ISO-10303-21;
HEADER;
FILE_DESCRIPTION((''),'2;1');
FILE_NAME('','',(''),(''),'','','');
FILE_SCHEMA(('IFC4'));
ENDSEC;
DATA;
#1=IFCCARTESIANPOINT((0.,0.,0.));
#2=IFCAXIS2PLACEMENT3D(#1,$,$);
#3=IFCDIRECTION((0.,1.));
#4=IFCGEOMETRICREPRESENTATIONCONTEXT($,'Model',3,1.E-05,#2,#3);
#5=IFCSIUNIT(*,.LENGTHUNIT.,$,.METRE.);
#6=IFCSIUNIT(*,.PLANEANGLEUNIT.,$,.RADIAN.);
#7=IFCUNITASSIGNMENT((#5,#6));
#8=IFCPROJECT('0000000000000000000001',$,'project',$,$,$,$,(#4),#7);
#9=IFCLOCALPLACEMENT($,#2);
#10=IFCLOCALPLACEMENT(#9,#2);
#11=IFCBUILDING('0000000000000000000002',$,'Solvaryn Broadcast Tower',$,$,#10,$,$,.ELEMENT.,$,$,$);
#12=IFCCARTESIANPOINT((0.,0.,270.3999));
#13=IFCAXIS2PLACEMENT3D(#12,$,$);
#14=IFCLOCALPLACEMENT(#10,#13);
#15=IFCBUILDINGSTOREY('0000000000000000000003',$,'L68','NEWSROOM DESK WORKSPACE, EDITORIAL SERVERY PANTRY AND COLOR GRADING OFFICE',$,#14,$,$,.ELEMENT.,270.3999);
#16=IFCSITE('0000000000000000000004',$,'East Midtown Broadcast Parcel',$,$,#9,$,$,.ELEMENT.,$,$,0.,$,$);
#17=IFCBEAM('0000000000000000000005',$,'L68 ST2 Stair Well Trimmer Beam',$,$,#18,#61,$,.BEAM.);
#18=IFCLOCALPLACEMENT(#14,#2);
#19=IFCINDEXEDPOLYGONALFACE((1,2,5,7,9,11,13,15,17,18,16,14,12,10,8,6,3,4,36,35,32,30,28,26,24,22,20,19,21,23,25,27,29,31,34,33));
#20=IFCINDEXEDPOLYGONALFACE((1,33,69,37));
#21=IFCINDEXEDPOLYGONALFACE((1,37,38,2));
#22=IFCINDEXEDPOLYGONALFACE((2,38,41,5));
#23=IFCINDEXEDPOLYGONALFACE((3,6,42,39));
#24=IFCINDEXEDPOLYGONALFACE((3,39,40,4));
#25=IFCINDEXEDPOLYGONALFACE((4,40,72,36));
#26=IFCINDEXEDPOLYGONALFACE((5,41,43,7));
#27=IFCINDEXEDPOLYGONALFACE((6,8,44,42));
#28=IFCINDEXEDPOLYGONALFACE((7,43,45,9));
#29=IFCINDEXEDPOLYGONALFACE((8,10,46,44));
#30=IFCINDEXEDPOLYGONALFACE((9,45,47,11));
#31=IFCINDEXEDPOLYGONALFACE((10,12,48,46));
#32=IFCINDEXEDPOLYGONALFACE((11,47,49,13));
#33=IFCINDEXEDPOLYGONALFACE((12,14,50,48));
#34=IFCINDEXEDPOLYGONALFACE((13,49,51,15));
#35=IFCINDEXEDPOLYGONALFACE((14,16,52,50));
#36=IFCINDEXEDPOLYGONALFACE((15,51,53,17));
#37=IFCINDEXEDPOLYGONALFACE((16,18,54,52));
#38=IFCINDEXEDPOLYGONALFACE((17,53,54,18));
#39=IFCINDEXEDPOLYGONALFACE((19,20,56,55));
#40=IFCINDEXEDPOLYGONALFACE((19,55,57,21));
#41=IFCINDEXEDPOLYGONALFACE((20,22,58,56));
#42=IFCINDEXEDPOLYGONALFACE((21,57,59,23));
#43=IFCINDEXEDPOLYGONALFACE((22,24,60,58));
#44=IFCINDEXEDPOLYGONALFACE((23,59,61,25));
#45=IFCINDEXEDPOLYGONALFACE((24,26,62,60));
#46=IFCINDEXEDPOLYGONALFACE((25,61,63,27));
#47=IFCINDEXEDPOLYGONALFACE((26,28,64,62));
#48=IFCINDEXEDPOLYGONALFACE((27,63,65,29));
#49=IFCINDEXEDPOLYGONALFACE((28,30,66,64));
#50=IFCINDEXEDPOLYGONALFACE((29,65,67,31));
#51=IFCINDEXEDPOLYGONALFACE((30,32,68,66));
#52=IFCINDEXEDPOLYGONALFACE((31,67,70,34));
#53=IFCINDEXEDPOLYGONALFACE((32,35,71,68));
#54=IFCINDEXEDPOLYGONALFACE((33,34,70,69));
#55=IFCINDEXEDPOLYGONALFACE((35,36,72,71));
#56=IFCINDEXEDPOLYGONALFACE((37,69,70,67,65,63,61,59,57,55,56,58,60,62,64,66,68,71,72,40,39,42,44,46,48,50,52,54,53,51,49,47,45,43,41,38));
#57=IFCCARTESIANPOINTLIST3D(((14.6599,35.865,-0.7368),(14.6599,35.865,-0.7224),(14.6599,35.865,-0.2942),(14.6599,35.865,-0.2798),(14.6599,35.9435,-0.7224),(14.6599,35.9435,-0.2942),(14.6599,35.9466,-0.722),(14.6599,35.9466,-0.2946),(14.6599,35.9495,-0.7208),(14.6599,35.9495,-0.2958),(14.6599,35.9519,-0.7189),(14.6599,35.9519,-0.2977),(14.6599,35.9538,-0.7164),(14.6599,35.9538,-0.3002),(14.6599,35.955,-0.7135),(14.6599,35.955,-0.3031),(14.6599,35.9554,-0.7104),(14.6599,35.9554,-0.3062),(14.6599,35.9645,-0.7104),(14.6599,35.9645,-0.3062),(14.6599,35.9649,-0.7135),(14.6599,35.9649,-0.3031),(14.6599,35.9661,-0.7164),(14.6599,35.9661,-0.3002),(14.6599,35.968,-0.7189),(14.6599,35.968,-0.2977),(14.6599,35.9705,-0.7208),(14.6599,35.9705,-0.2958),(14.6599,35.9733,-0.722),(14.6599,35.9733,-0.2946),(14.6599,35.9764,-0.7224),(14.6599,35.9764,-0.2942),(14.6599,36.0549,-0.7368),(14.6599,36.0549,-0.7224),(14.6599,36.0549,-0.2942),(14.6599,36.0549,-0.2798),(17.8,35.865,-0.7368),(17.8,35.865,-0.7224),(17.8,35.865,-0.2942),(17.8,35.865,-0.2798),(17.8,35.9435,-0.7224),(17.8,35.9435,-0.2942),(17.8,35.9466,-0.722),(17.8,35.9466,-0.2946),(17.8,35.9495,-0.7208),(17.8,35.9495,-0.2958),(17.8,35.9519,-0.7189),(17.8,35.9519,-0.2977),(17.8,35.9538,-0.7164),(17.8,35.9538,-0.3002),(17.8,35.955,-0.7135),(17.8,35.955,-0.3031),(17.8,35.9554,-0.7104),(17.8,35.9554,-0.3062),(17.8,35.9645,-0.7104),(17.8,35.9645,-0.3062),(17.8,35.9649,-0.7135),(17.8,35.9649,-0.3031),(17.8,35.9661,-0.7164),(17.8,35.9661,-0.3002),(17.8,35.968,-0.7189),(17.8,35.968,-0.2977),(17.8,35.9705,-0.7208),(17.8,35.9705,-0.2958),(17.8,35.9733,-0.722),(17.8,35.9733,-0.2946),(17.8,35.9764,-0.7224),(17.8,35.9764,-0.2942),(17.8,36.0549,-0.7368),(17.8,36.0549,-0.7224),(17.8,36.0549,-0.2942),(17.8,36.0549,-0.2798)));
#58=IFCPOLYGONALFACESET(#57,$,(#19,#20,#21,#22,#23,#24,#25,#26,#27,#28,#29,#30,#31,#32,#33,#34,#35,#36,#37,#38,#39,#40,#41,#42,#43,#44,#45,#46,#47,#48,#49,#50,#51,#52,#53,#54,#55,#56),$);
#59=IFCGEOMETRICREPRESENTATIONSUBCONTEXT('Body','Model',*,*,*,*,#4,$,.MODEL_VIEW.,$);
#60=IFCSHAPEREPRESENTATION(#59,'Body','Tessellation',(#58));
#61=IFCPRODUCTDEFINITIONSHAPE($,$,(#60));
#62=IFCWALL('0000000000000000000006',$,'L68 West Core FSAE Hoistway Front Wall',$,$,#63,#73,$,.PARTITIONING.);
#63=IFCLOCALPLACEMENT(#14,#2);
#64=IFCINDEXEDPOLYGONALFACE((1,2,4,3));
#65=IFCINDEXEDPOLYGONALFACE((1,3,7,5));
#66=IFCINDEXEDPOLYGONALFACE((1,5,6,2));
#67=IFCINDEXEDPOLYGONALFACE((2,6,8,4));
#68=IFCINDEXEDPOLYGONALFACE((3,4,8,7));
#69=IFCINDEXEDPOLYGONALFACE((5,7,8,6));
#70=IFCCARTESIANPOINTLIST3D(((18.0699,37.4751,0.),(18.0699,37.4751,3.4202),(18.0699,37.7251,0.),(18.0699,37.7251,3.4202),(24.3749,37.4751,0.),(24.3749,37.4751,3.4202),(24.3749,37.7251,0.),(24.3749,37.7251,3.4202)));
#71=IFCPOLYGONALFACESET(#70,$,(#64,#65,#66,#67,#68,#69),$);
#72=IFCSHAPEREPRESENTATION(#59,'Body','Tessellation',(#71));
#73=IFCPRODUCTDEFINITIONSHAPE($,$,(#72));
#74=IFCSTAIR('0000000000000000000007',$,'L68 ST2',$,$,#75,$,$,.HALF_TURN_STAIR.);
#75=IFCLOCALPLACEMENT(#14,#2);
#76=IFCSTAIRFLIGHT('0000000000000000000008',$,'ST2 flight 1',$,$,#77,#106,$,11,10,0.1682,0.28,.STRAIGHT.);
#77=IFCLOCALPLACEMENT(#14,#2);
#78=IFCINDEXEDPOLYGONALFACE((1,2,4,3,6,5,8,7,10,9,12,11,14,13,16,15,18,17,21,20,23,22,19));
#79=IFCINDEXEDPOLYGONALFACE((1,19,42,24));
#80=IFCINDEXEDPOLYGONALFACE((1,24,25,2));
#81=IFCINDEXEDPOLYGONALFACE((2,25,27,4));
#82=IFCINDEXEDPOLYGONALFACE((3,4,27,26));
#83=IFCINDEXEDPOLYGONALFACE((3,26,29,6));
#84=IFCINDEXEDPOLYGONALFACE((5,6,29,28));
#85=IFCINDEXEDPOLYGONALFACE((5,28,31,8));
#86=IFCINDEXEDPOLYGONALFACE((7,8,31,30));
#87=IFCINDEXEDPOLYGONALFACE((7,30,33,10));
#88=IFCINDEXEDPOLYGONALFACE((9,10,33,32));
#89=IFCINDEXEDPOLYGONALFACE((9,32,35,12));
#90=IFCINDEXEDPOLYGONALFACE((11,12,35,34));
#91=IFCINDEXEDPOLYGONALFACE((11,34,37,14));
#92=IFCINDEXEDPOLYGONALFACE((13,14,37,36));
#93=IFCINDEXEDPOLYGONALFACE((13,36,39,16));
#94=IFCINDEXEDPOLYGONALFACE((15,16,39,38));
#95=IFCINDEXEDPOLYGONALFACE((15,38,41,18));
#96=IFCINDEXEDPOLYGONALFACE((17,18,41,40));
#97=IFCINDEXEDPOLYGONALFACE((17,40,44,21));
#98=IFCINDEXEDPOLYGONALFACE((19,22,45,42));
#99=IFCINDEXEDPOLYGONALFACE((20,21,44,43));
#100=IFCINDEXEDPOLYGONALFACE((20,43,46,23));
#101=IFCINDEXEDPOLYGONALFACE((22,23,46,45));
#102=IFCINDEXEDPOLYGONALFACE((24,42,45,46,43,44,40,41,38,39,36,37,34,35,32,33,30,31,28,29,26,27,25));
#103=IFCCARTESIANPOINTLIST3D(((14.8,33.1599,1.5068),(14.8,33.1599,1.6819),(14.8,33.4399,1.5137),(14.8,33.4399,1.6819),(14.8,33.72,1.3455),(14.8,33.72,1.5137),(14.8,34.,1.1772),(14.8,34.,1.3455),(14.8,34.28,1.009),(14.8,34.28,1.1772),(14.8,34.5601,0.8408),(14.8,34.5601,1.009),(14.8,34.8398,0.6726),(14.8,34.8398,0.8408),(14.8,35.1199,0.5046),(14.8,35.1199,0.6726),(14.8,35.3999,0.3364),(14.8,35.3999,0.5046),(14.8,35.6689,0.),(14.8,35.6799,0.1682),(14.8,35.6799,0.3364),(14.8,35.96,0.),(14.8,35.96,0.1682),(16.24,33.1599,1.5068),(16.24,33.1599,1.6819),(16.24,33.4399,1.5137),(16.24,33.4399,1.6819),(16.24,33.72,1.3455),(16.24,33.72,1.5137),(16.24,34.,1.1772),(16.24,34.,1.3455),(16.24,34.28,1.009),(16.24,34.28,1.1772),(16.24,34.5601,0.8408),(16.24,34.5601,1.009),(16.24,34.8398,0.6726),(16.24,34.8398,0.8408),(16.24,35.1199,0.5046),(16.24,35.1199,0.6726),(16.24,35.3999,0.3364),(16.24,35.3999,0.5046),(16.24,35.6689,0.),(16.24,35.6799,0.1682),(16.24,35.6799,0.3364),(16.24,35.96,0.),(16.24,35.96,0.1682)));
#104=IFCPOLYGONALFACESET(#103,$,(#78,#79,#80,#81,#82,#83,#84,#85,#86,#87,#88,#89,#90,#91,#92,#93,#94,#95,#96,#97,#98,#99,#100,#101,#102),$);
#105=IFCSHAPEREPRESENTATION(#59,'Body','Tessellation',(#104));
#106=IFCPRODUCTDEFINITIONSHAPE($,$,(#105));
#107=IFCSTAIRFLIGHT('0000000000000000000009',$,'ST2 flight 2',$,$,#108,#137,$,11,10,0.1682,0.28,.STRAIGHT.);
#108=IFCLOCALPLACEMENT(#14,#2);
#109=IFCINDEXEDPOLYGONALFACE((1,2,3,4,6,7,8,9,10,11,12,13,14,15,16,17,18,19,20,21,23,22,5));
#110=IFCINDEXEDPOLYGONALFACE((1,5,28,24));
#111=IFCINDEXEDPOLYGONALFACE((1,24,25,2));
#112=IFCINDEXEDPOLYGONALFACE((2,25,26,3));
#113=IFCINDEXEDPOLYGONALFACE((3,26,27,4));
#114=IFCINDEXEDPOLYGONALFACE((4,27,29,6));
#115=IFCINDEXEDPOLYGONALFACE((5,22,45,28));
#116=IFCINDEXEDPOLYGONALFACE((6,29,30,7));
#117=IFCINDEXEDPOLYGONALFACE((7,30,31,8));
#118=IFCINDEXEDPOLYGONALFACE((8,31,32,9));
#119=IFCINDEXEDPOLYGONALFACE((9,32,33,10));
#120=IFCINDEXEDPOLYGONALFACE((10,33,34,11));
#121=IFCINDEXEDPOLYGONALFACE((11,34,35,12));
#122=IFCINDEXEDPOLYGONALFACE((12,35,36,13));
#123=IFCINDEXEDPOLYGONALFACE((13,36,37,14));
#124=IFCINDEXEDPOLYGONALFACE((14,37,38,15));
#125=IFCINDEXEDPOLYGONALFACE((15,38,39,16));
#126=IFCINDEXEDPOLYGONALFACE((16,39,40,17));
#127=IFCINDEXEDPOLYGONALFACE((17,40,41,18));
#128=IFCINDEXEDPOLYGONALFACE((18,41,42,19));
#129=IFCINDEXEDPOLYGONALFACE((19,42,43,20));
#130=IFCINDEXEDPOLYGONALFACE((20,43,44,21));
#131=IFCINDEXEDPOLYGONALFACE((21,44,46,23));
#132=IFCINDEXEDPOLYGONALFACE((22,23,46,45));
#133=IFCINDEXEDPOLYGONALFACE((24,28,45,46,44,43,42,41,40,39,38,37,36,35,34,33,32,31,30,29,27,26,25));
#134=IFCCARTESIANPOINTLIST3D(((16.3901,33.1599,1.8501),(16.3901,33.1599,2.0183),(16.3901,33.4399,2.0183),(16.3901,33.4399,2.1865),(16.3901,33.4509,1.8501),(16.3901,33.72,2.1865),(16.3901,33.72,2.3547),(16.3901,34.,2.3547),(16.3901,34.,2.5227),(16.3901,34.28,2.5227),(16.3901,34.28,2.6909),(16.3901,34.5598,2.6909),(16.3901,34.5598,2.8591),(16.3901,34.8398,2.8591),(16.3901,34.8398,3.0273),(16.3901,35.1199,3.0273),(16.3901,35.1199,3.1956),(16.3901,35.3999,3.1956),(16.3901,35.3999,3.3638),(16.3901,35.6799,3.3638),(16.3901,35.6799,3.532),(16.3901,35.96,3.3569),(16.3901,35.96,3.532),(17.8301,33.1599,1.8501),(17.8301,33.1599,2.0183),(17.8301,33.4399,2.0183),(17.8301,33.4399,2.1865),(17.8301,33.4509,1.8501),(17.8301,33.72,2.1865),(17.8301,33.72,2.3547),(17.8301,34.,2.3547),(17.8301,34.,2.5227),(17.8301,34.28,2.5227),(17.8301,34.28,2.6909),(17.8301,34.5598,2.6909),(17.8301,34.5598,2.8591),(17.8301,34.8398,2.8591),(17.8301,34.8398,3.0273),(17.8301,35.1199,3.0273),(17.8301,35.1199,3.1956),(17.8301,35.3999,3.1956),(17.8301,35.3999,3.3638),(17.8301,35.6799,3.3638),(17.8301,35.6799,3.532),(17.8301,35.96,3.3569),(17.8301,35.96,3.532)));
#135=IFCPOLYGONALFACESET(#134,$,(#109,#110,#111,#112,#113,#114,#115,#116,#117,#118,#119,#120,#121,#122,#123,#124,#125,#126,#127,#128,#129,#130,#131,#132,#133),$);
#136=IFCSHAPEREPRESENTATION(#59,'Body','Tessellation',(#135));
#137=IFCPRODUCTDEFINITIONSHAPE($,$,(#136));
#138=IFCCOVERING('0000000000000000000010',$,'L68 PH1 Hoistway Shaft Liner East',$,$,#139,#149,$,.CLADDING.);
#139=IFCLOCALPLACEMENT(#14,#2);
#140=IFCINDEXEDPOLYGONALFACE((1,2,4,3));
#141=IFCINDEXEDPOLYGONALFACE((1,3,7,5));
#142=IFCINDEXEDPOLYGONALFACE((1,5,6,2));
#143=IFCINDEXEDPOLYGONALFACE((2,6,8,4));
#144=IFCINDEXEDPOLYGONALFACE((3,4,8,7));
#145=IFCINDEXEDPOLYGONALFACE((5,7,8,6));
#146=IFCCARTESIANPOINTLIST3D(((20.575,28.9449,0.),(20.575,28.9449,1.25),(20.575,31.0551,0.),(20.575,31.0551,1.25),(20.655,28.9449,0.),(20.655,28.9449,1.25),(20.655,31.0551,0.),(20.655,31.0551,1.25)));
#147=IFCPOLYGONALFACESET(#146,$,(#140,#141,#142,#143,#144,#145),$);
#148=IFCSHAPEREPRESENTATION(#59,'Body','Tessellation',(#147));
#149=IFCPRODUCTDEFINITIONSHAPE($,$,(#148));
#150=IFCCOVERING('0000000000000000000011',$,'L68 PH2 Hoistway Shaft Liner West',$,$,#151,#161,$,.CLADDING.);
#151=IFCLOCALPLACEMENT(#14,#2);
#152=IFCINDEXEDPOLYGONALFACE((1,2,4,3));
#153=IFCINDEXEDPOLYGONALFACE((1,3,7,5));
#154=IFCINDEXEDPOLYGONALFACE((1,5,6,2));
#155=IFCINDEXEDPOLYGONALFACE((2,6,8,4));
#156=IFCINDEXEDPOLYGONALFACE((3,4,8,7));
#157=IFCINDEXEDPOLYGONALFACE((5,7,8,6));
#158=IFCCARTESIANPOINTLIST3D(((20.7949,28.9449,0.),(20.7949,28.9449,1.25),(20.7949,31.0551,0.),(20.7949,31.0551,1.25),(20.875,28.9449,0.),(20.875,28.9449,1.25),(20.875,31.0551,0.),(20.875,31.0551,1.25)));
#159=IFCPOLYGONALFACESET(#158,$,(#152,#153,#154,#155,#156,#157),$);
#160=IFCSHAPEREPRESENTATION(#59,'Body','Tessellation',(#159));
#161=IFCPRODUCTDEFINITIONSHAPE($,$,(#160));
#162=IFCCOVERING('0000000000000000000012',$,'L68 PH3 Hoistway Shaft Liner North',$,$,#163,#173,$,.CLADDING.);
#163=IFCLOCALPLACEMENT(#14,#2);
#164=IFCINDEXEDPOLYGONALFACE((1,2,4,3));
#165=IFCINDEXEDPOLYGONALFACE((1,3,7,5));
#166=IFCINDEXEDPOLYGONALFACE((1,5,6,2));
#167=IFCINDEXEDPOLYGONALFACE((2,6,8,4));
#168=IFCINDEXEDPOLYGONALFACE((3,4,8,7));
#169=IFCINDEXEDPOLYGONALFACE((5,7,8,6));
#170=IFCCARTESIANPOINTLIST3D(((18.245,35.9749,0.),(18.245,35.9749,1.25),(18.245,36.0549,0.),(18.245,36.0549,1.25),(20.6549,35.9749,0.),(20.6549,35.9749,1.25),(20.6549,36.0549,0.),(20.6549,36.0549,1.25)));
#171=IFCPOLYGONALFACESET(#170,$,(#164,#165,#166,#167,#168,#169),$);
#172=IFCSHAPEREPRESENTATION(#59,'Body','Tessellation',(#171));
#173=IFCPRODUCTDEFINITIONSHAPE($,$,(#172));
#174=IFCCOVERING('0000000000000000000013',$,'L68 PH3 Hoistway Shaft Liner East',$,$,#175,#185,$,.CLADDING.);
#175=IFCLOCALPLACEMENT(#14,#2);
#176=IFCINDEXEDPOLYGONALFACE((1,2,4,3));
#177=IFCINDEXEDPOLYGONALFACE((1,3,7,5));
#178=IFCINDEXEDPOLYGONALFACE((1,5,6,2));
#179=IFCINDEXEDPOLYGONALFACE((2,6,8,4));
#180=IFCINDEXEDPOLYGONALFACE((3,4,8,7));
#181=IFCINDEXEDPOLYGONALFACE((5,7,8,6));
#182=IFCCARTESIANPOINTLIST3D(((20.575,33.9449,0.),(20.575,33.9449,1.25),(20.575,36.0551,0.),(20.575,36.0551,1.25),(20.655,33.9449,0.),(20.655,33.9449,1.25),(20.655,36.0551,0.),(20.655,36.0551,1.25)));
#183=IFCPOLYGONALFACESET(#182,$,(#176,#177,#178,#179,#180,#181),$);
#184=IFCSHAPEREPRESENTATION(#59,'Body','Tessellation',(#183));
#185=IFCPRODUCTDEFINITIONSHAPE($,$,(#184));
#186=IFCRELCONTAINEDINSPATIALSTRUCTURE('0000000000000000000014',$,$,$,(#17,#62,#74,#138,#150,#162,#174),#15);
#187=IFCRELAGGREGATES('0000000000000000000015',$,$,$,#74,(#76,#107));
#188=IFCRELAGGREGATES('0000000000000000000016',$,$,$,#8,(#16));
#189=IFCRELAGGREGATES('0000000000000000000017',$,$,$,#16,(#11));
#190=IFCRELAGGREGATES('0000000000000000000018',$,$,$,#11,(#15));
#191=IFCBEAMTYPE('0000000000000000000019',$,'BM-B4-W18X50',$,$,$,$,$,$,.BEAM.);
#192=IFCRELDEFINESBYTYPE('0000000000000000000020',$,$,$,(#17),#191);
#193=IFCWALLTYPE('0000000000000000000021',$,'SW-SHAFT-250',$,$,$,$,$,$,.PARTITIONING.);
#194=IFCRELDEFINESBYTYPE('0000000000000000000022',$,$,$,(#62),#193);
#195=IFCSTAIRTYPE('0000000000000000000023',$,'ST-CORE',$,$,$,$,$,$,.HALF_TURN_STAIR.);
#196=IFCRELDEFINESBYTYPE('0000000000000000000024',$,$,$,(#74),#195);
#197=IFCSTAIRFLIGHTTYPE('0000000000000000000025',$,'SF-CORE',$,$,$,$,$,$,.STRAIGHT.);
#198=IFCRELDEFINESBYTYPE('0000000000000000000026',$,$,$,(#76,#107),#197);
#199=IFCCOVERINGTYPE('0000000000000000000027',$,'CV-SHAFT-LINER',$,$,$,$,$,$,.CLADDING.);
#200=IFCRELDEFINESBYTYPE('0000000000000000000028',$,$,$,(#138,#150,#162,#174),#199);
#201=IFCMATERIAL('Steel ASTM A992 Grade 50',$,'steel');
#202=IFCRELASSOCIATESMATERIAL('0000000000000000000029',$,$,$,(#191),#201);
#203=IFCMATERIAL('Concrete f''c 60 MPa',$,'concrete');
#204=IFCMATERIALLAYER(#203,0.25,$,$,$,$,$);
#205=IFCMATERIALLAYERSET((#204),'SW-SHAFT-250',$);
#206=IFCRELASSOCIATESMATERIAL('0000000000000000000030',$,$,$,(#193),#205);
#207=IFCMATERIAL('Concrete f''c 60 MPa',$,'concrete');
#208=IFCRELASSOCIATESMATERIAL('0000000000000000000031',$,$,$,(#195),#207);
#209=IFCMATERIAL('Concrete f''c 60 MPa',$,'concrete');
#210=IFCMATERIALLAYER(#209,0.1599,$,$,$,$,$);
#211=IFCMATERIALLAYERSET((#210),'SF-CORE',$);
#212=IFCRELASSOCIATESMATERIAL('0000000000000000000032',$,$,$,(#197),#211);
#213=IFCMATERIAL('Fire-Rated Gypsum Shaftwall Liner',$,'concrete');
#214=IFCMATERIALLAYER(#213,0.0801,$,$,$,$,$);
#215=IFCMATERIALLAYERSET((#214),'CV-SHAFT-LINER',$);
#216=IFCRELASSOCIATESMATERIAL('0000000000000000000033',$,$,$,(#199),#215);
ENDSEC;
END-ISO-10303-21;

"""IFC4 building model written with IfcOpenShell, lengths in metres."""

from ifc_helpers import new_model, si_unit, direction, frame, frame_2d, origin, origin_2d, place, context, subcontext, project, spatial, polyline, rectangle, i_section, outline, extrude, material, layer, layer_set, material_profile, profile_set, type_object, element, aggregate, save


model = new_model("IFC4")

# Units and contexts
model_context = context("Model", 3, precision=1e-05, world=origin(), true_north=direction((0.0, 1.0)))
body_context = subcontext(model_context, "Body", "Model", "MODEL_VIEW")
ifc_project = project(units=[si_unit("LENGTHUNIT", "METRE"), si_unit("PLANEANGLEUNIT", "RADIAN")], contexts=[model_context])

# Site, building, storey
site_placement = place(None, origin())
site = spatial("IfcSite", under=ifc_project, at=site_placement, Name="East Midtown Broadcast Parcel", CompositionType="ELEMENT", RefElevation=0.0)
building_placement = place(site_placement, origin())
building = spatial("IfcBuilding", under=site, at=building_placement, Name="Solvaryn Broadcast Tower", CompositionType="ELEMENT")
storey_placement = place(building_placement, frame((0.0, 0.0, 270.3999)))
storey = spatial("IfcBuildingStorey", under=building, at=storey_placement, Name="L68", Description="NEWSROOM DESK WORKSPACE, EDITORIAL SERVERY PANTRY AND COLOR GRADING OFFICE", CompositionType="ELEMENT", Elevation=270.3999)

# Beam
ifc_material_1 = material(Name="Steel ASTM A992 Grade 50", Category="steel")
ifc_material_profile = material_profile(ifc_material_1, i_section(OverallWidth=0.1899, OverallDepth=0.457, WebThickness=0.009, FlangeThickness=0.0144, FilletRadius=0.012, at=origin_2d()))
ifc_profile_set = profile_set([ifc_material_profile], Name="Steel ASTM A992 Grade 50")
beam_type = type_object("IfcBeamType", Name="BM-B4-W18X50", PredefinedType="BEAM", material=ifc_profile_set)
beam_placement = place(storey_placement, frame((14.6599, 35.96, -0.5083), z_axis=(1.0, 0.0, 0.0), x_axis=(0.0, 1.0, 0.0)))
element("IfcBeam", 1, at=beam_placement, inside=storey, type_object=beam_type, Name="L68 ST2 Stair Well Trimmer Beam", PredefinedType="BEAM", context=body_context, shape_type="SweptSolid", body=[
    extrude(i_section(OverallWidth=0.1899, OverallDepth=0.457, WebThickness=0.009, FlangeThickness=0.0144, FilletRadius=0.012, at=origin_2d()), origin(), (0.0, 0.0, 1.0), 3.1401),
])

# Wall
ifc_material_2 = material(Name="Concrete f'c 60 MPa", Category="concrete")
ifc_layer_1 = layer(ifc_material_2, 0.25)
ifc_layer_set_1 = layer_set([ifc_layer_1], Name="SW-SHAFT-250")
wall_type_1 = type_object("IfcWallType", Name="SW-SHAFT-250", PredefinedType="PARTITIONING", material=ifc_layer_set_1)
wall_1_placement = place(storey_placement, frame((18.0701, 37.6001, 0.0), z_axis=(0.0, 0.0, 1.0), x_axis=(1.0, 0.0, 0.0)))
element("IfcWall", 2, at=wall_1_placement, inside=storey, type_object=wall_type_1, Name="L68 West Core FSAE Hoistway Front Wall", PredefinedType="PARTITIONING", context=body_context, shape_type="SweptSolid", body=[
    extrude(rectangle(XDim=6.3049, YDim=0.25, at=frame_2d((3.1523, 0.0))), origin(), (0.0, 0.0, 1.0), 3.4202),
])

# Stair, stair flights
ifc_material_3 = material(Name="Concrete f'c 60 MPa", Category="concrete")
stair_type = type_object("IfcStairType", Name="ST-CORE", PredefinedType="HALF_TURN_STAIR", material=ifc_material_3)
stair_placement = place(storey_placement, origin())
stair = element("IfcStair", 3, at=stair_placement, inside=storey, type_object=stair_type, Name="L68 ST2", PredefinedType="HALF_TURN_STAIR")
ifc_material_4 = material(Name="Concrete f'c 60 MPa", Category="concrete")
ifc_layer_2 = layer(ifc_material_4, 0.1599)
ifc_layer_set_2 = layer_set([ifc_layer_2], Name="SF-CORE")
stair_flight_type = type_object("IfcStairFlightType", Name="SF-CORE", PredefinedType="STRAIGHT", material=ifc_layer_set_2)
stair_flight_1_placement = place(storey_placement, frame((15.52, 35.96, 0.0), z_axis=(0.0, 0.0, 1.0), x_axis=(0.0, -1.0, 0.0)))
stair_flight_1 = element("IfcStairFlight", 4, at=stair_flight_1_placement, type_object=stair_flight_type, Name="ST2 flight 1", NumberOfRisers=11, NumberOfTreads=10, PredefinedType="STRAIGHT", RiserHeight=0.1682, TreadLength=0.28, context=body_context, shape_type="SweptSolid", body=[
    extrude(outline(polyline([(0.0, 0.0), (0.0, 0.1682), (0.28, 0.1682), (0.28, 0.3364), (0.5601, 0.3364), (0.5601, 0.5046), (0.8401, 0.5046), (0.8401, 0.6726), (1.1201, 0.6726), (1.1201, 0.8408), (1.3999, 0.8408), (1.3999, 1.009), (1.6799, 1.009), (1.6799, 1.1772), (1.96, 1.1772), (1.96, 1.3455), (2.24, 1.3455), (2.24, 1.5137), (2.52, 1.5137), (2.52, 1.6819), (2.8, 1.6819), (2.8, 1.8501), (2.8, 1.5068), (0.291, 0.0), (0.0, 0.0)])), frame((0.0, 0.72, 0.0), z_axis=(0.0, -1.0, 0.0), x_axis=(1.0, 0.0, 0.0)), (0.0, 0.0, 1.0), 1.4399),
])
stair_flight_2_placement = place(storey_placement, frame((17.1101, 33.1599, 1.8501), z_axis=(0.0, 0.0, 1.0), x_axis=(0.0, 1.0, 0.0)))
stair_flight_2 = element("IfcStairFlight", 5, at=stair_flight_2_placement, type_object=stair_flight_type, Name="ST2 flight 2", NumberOfRisers=11, NumberOfTreads=10, PredefinedType="STRAIGHT", RiserHeight=0.1682, TreadLength=0.28, context=body_context, shape_type="SweptSolid", body=[
    extrude(outline(polyline([(0.0, 0.0), (0.0, 0.1682), (0.28, 0.1682), (0.28, 0.3364), (0.5601, 0.3364), (0.5601, 0.5046), (0.8401, 0.5046), (0.8401, 0.6726), (1.1201, 0.6726), (1.1201, 0.8408), (1.3999, 0.8408), (1.3999, 1.009), (1.6799, 1.009), (1.6799, 1.1772), (1.96, 1.1772), (1.96, 1.3455), (2.24, 1.3455), (2.24, 1.5137), (2.52, 1.5137), (2.52, 1.6819), (2.8, 1.6819), (2.8, 1.8501), (2.8, 1.5068), (0.291, 0.0), (0.0, 0.0)])), frame((0.0, 0.72, 0.0), z_axis=(0.0, -1.0, 0.0), x_axis=(1.0, 0.0, 0.0)), (0.0, 0.0, 1.0), 1.4399),
])
aggregate(stair, [stair_flight_1, stair_flight_2])

# Coverings
ifc_material_5 = material(Name="Fire-Rated Gypsum Shaftwall Liner", Category="concrete")
ifc_layer_3 = layer(ifc_material_5, 0.0801)
ifc_layer_set_3 = layer_set([ifc_layer_3], Name="CV-SHAFT-LINER")
covering_type = type_object("IfcCoveringType", Name="CV-SHAFT-LINER", PredefinedType="CLADDING", material=ifc_layer_set_3)
for number, where, z_axis, x_axis, name in (
    (6, (20.615, 30.0, 0.0), (0.0, 0.0, 1.0), (1.0, 0.0, 0.0), "L68 PH1 Hoistway Shaft Liner East"),
    (7, (20.835, 30.0, 0.0), (0.0, 0.0, 1.0), (1.0, 0.0, 0.0), "L68 PH2 Hoistway Shaft Liner West"),
):
    element("IfcCovering", number, at=place(storey_placement, frame(where, z_axis=z_axis, x_axis=x_axis)), inside=storey, type_object=covering_type, Name=name, PredefinedType="CLADDING", context=body_context, shape_type="SweptSolid", body=[
        extrude(rectangle(XDim=0.0801, YDim=2.1101, at=origin_2d()), origin(), (0.0, 0.0, 1.0), 1.25),
    ])
covering_placement = place(storey_placement, frame((19.45, 36.0149, 0.0), z_axis=(0.0, 0.0, 1.0), x_axis=(1.0, 0.0, 0.0)))
element("IfcCovering", 8, at=covering_placement, inside=storey, type_object=covering_type, Name="L68 PH3 Hoistway Shaft Liner North", PredefinedType="CLADDING", context=body_context, shape_type="SweptSolid", body=[
    extrude(rectangle(XDim=2.4099, YDim=0.0801, at=origin_2d()), origin(), (0.0, 0.0, 1.0), 1.25),
])
for number, where, z_axis, x_axis, name in (
    (9, (20.615, 35.0, 0.0), (0.0, 0.0, 1.0), (1.0, 0.0, 0.0), "L68 PH3 Hoistway Shaft Liner East"),
):
    element("IfcCovering", number, at=place(storey_placement, frame(where, z_axis=z_axis, x_axis=x_axis)), inside=storey, type_object=covering_type, Name=name, PredefinedType="CLADDING", context=body_context, shape_type="SweptSolid", body=[
        extrude(rectangle(XDim=0.0801, YDim=2.1101, at=origin_2d()), origin(), (0.0, 0.0, 1.0), 1.25),
    ])

save(model, "model.ifc")
